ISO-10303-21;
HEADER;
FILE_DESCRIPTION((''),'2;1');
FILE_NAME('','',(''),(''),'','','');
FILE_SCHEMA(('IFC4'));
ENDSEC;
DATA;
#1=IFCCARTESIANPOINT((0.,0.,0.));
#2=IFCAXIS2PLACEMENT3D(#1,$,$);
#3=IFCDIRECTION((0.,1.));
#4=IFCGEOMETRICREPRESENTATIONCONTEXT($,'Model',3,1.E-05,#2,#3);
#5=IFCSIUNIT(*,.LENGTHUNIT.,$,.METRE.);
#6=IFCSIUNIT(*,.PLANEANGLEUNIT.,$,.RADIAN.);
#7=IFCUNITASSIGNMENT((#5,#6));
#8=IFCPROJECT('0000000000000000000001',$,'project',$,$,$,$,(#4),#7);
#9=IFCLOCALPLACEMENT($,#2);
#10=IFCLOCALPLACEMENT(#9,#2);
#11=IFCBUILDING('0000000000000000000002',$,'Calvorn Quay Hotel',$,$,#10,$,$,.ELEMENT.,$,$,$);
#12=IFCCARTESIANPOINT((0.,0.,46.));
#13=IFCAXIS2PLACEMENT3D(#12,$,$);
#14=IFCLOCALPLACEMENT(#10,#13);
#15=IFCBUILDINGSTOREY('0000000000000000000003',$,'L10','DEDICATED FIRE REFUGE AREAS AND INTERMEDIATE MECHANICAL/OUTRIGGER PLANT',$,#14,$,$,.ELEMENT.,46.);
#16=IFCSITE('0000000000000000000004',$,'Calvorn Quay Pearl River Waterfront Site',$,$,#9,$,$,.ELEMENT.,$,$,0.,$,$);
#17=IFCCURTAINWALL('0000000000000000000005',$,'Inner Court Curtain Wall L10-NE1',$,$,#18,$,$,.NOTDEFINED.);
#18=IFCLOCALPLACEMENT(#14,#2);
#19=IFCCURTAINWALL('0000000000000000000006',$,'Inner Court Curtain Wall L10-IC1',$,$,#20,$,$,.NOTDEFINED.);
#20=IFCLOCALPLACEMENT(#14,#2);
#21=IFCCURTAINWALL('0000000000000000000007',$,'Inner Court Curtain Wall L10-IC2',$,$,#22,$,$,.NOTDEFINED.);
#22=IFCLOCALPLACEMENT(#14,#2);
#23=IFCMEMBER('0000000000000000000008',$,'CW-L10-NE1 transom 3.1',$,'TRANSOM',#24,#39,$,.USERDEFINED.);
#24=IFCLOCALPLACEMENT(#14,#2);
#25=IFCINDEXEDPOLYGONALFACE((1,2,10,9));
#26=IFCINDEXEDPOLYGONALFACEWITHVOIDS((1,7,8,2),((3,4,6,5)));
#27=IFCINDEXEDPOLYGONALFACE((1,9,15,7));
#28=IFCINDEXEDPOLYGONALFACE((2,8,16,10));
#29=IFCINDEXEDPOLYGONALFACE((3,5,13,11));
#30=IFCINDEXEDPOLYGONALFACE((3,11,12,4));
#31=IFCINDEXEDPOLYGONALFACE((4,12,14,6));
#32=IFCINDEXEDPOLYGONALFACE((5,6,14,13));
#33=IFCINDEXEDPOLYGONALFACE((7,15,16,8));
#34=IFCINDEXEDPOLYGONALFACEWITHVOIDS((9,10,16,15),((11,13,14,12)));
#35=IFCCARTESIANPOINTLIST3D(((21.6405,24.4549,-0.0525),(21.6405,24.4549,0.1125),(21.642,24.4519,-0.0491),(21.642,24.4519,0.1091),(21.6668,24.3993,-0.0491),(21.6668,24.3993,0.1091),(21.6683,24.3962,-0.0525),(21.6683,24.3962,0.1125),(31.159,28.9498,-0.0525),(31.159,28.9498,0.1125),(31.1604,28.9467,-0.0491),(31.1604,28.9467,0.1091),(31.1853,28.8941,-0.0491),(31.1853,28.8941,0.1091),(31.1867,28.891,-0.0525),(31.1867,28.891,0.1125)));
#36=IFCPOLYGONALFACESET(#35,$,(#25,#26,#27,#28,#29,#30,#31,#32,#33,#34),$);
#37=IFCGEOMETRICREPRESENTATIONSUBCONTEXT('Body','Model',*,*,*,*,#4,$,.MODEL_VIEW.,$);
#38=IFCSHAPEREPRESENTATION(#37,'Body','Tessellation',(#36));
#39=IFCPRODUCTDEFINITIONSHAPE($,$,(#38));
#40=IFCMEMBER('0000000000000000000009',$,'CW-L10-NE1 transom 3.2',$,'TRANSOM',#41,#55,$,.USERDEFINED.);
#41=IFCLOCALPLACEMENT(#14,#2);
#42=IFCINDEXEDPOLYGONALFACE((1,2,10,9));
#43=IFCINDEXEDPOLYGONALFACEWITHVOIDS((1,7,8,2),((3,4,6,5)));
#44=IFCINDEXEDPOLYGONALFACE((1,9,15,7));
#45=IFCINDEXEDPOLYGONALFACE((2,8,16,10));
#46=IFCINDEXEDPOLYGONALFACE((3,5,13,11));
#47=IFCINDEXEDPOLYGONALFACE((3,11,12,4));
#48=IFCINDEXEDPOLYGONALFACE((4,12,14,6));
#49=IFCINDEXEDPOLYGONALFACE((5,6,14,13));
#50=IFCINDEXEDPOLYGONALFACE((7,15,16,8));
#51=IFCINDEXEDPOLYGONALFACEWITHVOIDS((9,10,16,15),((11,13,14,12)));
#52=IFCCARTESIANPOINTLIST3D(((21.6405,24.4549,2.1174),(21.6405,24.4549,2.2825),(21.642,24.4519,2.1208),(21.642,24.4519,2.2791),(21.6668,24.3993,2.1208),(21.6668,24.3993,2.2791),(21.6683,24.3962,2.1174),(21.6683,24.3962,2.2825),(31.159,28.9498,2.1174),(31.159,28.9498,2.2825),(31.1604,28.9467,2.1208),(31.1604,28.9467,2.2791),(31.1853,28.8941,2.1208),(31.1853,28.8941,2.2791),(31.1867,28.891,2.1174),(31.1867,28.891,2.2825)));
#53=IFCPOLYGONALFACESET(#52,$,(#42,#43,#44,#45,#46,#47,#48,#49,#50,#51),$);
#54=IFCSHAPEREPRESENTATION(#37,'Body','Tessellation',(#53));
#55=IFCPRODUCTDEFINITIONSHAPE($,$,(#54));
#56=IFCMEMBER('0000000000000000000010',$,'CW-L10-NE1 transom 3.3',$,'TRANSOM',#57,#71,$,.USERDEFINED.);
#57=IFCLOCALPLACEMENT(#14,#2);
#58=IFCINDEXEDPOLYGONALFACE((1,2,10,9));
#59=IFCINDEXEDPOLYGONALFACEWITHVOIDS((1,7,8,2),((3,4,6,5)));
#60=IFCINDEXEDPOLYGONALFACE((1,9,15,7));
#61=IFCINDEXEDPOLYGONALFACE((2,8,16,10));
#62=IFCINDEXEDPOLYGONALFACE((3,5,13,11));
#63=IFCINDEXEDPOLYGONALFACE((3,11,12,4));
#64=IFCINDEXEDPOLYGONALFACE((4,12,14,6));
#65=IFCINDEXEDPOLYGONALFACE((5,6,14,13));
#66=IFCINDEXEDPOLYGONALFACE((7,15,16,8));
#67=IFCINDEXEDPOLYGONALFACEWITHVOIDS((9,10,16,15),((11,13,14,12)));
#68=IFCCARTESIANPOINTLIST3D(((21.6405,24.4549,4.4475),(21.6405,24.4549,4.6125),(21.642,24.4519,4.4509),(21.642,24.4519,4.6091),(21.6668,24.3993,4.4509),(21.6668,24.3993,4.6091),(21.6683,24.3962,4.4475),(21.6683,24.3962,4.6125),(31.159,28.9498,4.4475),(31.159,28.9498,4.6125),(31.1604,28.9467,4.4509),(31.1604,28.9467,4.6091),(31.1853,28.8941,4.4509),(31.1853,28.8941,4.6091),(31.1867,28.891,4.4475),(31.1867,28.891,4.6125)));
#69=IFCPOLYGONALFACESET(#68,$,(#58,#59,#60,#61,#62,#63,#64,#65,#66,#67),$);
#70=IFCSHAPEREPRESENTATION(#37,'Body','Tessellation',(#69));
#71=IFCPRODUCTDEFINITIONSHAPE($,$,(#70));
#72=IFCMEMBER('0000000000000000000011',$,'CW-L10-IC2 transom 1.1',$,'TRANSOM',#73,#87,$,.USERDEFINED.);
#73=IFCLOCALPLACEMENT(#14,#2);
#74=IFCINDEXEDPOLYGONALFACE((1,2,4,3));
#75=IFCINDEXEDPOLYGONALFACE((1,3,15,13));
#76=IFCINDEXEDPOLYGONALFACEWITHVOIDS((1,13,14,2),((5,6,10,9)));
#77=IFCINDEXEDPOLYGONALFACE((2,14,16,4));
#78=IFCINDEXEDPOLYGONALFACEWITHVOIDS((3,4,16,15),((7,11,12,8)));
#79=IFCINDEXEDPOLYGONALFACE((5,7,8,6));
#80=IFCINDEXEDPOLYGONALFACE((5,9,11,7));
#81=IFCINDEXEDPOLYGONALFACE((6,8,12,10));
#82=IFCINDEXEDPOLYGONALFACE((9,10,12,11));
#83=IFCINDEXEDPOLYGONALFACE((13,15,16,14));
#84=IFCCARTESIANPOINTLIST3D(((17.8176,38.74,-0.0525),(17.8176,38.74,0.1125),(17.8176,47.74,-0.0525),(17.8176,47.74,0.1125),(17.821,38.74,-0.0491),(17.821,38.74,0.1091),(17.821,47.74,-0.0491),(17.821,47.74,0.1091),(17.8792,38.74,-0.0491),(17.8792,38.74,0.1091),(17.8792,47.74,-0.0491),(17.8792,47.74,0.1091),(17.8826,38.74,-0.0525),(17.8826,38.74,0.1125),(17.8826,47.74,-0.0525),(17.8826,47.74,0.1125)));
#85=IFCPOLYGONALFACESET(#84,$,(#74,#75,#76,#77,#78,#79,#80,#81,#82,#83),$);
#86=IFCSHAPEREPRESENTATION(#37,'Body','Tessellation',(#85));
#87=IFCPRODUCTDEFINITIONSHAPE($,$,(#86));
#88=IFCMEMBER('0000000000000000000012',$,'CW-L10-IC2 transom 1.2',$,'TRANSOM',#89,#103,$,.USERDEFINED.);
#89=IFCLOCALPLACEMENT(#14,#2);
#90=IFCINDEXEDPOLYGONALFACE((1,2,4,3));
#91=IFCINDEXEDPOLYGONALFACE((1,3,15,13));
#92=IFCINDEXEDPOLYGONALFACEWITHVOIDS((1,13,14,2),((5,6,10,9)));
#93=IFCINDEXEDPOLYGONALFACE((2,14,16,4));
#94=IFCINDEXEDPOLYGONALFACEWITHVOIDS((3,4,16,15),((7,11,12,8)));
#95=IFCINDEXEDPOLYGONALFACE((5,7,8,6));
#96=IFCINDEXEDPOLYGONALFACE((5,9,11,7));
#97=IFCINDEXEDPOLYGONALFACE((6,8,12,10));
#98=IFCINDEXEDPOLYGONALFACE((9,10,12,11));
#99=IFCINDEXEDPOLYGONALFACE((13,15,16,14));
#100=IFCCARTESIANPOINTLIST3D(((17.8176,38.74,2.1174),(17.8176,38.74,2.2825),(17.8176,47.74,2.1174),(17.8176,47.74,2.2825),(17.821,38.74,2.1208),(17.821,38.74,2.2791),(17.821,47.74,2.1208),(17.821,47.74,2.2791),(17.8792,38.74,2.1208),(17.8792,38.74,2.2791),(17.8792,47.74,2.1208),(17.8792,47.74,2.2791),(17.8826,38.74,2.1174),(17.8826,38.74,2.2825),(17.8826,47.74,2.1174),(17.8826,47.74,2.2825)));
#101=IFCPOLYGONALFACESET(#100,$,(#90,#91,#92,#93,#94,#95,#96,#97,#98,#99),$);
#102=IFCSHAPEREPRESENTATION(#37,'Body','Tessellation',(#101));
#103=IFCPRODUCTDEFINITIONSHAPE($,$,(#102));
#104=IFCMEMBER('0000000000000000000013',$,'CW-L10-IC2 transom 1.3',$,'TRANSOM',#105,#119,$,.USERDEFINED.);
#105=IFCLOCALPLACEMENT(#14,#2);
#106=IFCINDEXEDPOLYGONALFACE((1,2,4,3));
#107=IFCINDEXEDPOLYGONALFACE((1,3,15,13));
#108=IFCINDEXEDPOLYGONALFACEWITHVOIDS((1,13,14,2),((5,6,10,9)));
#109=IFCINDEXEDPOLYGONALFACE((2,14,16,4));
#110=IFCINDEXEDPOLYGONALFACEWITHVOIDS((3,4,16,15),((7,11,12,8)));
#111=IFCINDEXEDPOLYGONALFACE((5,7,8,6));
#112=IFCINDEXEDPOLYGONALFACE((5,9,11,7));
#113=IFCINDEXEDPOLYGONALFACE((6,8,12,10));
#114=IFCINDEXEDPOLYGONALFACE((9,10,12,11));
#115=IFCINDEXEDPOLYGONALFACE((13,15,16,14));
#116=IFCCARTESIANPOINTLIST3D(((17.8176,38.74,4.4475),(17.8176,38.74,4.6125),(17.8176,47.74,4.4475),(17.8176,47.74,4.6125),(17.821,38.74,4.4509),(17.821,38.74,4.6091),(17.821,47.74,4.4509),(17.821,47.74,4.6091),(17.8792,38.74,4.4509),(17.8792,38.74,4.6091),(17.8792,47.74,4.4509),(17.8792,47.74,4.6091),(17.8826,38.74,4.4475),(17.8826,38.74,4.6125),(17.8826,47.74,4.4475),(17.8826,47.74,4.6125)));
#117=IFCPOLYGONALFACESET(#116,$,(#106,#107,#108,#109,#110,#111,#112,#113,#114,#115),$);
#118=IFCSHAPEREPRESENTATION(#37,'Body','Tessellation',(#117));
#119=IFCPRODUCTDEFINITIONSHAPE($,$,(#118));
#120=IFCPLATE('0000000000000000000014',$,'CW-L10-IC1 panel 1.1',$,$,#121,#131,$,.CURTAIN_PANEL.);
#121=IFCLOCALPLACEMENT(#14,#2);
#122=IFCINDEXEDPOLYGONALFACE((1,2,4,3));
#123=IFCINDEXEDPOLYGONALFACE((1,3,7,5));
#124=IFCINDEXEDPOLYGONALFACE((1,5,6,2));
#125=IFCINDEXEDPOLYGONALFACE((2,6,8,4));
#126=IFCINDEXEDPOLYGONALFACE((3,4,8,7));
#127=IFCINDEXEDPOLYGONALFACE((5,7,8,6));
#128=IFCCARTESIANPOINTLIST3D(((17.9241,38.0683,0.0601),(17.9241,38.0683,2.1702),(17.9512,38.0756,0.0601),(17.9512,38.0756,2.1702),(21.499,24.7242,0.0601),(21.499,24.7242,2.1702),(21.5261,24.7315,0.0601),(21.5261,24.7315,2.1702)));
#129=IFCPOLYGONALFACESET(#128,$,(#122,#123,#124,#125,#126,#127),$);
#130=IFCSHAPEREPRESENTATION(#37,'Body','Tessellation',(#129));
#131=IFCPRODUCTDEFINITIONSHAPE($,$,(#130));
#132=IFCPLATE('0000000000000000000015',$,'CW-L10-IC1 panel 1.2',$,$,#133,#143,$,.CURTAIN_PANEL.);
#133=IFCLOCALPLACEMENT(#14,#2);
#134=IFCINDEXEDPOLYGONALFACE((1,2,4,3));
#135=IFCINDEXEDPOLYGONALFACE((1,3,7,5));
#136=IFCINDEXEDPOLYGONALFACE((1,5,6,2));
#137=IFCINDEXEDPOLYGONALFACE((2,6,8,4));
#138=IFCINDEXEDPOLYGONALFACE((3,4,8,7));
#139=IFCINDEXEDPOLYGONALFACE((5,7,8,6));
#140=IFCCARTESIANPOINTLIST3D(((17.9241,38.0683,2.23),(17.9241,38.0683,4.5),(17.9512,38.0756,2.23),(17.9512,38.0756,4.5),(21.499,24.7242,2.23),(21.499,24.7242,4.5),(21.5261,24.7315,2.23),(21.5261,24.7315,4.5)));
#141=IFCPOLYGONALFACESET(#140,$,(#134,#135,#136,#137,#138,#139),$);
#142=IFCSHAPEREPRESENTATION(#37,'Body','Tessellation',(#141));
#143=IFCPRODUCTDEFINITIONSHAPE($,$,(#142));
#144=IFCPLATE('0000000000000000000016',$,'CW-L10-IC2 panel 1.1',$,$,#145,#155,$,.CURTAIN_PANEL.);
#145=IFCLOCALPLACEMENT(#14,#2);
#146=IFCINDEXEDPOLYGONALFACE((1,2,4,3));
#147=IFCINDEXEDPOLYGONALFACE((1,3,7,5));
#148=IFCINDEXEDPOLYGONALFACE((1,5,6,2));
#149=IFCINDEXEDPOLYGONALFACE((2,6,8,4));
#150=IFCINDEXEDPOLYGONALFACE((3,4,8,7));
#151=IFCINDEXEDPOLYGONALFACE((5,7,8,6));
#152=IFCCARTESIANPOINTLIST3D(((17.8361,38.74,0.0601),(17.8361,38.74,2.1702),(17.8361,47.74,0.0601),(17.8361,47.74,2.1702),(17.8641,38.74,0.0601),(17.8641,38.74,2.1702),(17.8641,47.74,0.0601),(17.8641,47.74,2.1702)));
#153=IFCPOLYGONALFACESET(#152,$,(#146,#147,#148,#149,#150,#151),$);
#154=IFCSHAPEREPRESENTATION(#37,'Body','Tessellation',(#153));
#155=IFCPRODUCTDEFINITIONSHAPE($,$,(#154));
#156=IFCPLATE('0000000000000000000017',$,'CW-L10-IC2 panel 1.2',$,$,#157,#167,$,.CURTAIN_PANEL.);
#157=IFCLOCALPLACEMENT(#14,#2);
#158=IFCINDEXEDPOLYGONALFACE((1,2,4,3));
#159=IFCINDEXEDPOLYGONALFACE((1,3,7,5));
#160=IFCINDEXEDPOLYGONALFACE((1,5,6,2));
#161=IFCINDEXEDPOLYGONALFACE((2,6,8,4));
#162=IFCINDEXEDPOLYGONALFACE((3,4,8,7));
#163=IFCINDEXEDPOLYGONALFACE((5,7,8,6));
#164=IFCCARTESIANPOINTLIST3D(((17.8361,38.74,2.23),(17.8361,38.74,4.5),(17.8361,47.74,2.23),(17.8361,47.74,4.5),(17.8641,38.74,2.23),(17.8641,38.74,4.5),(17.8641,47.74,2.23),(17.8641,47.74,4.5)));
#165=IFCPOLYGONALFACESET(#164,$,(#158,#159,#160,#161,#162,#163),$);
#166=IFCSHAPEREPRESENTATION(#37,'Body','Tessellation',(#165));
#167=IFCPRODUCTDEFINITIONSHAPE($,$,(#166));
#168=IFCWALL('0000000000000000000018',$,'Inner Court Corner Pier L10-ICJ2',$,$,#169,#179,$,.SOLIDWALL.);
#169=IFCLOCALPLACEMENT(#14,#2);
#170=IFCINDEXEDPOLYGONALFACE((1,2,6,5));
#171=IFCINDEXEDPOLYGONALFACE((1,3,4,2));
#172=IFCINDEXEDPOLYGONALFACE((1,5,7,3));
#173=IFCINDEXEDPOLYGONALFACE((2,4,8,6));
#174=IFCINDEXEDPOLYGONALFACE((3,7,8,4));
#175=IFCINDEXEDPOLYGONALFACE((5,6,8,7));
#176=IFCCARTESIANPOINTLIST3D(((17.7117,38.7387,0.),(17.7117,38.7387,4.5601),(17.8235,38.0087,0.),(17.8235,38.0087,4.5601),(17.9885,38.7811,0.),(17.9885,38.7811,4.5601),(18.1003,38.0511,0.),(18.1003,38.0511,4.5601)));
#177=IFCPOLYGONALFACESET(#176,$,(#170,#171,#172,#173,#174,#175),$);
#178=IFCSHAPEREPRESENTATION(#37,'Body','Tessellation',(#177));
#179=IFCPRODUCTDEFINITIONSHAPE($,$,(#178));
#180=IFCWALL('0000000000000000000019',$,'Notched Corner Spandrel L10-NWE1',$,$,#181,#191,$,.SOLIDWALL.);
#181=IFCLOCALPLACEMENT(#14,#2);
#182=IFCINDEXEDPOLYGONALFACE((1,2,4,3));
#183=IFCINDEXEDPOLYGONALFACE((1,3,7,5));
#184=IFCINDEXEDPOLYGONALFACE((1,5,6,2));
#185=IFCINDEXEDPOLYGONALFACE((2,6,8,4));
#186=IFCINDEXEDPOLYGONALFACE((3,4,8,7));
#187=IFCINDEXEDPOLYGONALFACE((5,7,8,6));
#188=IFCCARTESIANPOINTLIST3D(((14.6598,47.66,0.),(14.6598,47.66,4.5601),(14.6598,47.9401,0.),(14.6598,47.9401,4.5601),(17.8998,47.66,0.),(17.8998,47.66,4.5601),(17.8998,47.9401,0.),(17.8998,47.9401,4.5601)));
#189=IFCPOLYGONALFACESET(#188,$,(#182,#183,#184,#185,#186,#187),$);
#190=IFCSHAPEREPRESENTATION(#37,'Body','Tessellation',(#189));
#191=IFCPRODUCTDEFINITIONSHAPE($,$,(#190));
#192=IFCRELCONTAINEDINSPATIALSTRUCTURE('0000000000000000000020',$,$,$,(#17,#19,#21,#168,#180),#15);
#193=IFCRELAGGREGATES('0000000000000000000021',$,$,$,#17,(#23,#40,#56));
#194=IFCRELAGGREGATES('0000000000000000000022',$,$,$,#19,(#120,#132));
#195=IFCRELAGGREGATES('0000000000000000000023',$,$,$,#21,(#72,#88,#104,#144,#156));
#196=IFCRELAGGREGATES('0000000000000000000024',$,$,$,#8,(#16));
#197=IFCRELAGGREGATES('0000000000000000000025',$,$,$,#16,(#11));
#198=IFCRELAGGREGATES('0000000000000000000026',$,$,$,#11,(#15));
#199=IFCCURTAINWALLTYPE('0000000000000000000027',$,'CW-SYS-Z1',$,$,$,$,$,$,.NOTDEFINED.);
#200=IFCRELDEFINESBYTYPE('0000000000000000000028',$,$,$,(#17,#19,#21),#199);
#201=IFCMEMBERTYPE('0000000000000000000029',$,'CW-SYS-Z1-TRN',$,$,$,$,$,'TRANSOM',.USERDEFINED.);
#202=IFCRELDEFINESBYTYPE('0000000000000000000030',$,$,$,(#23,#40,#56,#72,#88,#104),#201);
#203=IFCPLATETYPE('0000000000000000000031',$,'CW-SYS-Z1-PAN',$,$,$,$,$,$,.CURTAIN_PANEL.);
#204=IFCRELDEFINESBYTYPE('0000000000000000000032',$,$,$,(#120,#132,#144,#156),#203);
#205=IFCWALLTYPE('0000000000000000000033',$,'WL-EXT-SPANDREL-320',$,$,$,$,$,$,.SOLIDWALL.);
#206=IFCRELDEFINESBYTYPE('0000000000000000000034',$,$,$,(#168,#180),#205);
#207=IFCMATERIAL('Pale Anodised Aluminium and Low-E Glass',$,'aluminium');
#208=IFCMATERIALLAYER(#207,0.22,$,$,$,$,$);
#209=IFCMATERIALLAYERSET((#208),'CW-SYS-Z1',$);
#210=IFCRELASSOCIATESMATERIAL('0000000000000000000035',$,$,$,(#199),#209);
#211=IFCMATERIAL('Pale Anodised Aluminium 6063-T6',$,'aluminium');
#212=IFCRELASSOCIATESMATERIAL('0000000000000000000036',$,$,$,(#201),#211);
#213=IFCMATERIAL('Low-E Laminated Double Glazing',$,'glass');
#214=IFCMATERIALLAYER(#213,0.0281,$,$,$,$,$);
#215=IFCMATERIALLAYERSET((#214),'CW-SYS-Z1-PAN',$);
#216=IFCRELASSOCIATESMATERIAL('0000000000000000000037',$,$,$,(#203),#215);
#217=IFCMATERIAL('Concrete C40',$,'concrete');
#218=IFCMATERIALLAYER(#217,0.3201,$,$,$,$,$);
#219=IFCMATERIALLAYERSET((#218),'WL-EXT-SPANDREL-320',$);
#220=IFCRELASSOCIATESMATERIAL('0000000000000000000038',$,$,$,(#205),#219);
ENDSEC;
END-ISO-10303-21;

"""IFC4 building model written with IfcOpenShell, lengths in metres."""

from ifc_helpers import new_model, si_unit, direction, frame, frame_2d, origin, origin_2d, place, context, subcontext, project, spatial, rectangle, hollow_rectangle, extrude, material, layer, layer_set, material_profile, profile_set, type_object, element, aggregate, save


model = new_model("IFC4")

# Units and contexts
model_context = context("Model", 3, precision=1e-05, world=origin(), true_north=direction((0.0, 1.0)))
body_context = subcontext(model_context, "Body", "Model", "MODEL_VIEW")
ifc_project = project(units=[si_unit("LENGTHUNIT", "METRE"), si_unit("PLANEANGLEUNIT", "RADIAN")], contexts=[model_context])

# Site, building, storey
site_placement = place(None, origin())
site = spatial("IfcSite", under=ifc_project, at=site_placement, Name="Calvorn Quay Pearl River Waterfront Site", CompositionType="ELEMENT", RefElevation=0.0)
building_placement = place(site_placement, origin())
building = spatial("IfcBuilding", under=site, at=building_placement, Name="Calvorn Quay Hotel", CompositionType="ELEMENT")
storey_placement = place(building_placement, frame((0.0, 0.0, 46.0)))
storey = spatial("IfcBuildingStorey", under=building, at=storey_placement, Name="L10", Description="DEDICATED FIRE REFUGE AREAS AND INTERMEDIATE MECHANICAL/OUTRIGGER PLANT", CompositionType="ELEMENT", Elevation=46.0)

# Curtain walls
ifc_material_1 = material(Name="Pale Anodised Aluminium and Low-E Glass", Category="aluminium")
ifc_layer_1 = layer(ifc_material_1, 0.22)
ifc_layer_set_1 = layer_set([ifc_layer_1], Name="CW-SYS-Z1")
curtain_wall_type = type_object("IfcCurtainWallType", Name="CW-SYS-Z1", PredefinedType="NOTDEFINED", material=ifc_layer_set_1)
curtain_wall_1_placement = place(storey_placement, origin())
curtain_wall_1 = element("IfcCurtainWall", 1, at=curtain_wall_1_placement, inside=storey, type_object=curtain_wall_type, Name="Inner Court Curtain Wall L10-NE1", PredefinedType="NOTDEFINED")
curtain_wall_2_placement = place(storey_placement, origin())
curtain_wall_2 = element("IfcCurtainWall", 2, at=curtain_wall_2_placement, inside=storey, type_object=curtain_wall_type, Name="Inner Court Curtain Wall L10-IC1", PredefinedType="NOTDEFINED")

# Curtain wall
curtain_wall_3_placement = place(storey_placement, origin())
curtain_wall_3 = element("IfcCurtainWall", 3, at=curtain_wall_3_placement, inside=storey, type_object=curtain_wall_type, Name="Inner Court Curtain Wall L10-IC2", PredefinedType="NOTDEFINED")

# Members
ifc_material_2 = material(Name="Pale Anodised Aluminium 6063-T6", Category="aluminium")
ifc_material_profile_1 = material_profile(ifc_material_2, hollow_rectangle(XDim=0.0649, YDim=0.165, WallThickness=0.0034, at=origin_2d()), Name="ALU-T165x65x3.5")
ifc_profile_set_1 = profile_set([ifc_material_profile_1], Name="Pale Anodised Aluminium 6063-T6")
member_type_1 = type_object("IfcMemberType", Name="CW-SYS-Z1-TRN", ElementType="TRANSOM", PredefinedType="USERDEFINED", material=ifc_profile_set_1)
member_1_placement = place(storey_placement, frame((31.1729, 28.9204, 0.03), z_axis=(-0.904249, -0.427006, 0.0), x_axis=(0.427006, -0.904249, 0.0)))
member_1 = element("IfcMember", 4, at=member_1_placement, type_object=member_type_1, Name="CW-L10-NE1 transom 3.1", ObjectType="TRANSOM", PredefinedType="USERDEFINED", context=body_context, shape_type="SweptSolid", body=[
    extrude(hollow_rectangle(XDim=0.0649, YDim=0.165, WallThickness=0.0034, at=origin_2d()), origin(), (0.0, 0.0, 1.0), 10.5264),
])
member_2_placement = place(storey_placement, frame((31.1729, 28.9204, 2.2), z_axis=(-0.904249, -0.427006, 0.0), x_axis=(0.427006, -0.904249, 0.0)))
member_2 = element("IfcMember", 5, at=member_2_placement, type_object=member_type_1, Name="CW-L10-NE1 transom 3.2", ObjectType="TRANSOM", PredefinedType="USERDEFINED", context=body_context, shape_type="SweptSolid", body=[
    extrude(hollow_rectangle(XDim=0.0649, YDim=0.165, WallThickness=0.0034, at=origin_2d()), origin(), (0.0, 0.0, 1.0), 10.5264),
])
member_3_placement = place(storey_placement, frame((31.1729, 28.9204, 4.53), z_axis=(-0.904249, -0.427006, 0.0), x_axis=(0.427006, -0.904249, 0.0)))
member_3 = element("IfcMember", 6, at=member_3_placement, type_object=member_type_1, Name="CW-L10-NE1 transom 3.3", ObjectType="TRANSOM", PredefinedType="USERDEFINED", context=body_context, shape_type="SweptSolid", body=[
    extrude(hollow_rectangle(XDim=0.0649, YDim=0.165, WallThickness=0.0034, at=origin_2d()), origin(), (0.0, 0.0, 1.0), 10.5264),
])
aggregate(curtain_wall_1, [member_1, member_2, member_3])
member_4_placement = place(storey_placement, frame((17.8501, 38.74, 0.03), z_axis=(0.0, 1.0, 0.0), x_axis=(-1.0, 0.0, 0.0)))
member_4 = element("IfcMember", 7, at=member_4_placement, type_object=member_type_1, Name="CW-L10-IC2 transom 1.1", ObjectType="TRANSOM", PredefinedType="USERDEFINED", context=body_context, shape_type="SweptSolid", body=[
    extrude(hollow_rectangle(XDim=0.0649, YDim=0.165, WallThickness=0.0034, at=origin_2d()), origin(), (0.0, 0.0, 1.0), 9.0),
])
member_5_placement = place(storey_placement, frame((17.8501, 38.74, 2.2), z_axis=(0.0, 1.0, 0.0), x_axis=(-1.0, 0.0, 0.0)))
member_5 = element("IfcMember", 8, at=member_5_placement, type_object=member_type_1, Name="CW-L10-IC2 transom 1.2", ObjectType="TRANSOM", PredefinedType="USERDEFINED", context=body_context, shape_type="SweptSolid", body=[
    extrude(hollow_rectangle(XDim=0.0649, YDim=0.165, WallThickness=0.0034, at=origin_2d()), origin(), (0.0, 0.0, 1.0), 9.0),
])
member_6_placement = place(storey_placement, frame((17.8501, 38.74, 4.53), z_axis=(0.0, 1.0, 0.0), x_axis=(-1.0, 0.0, 0.0)))
member_6 = element("IfcMember", 9, at=member_6_placement, type_object=member_type_1, Name="CW-L10-IC2 transom 1.3", ObjectType="TRANSOM", PredefinedType="USERDEFINED", context=body_context, shape_type="SweptSolid", body=[
    extrude(hollow_rectangle(XDim=0.0649, YDim=0.165, WallThickness=0.0034, at=origin_2d()), origin(), (0.0, 0.0, 1.0), 9.0),
])

# Plates
ifc_material_3 = material(Name="Low-E Laminated Double Glazing", Category="glass")
ifc_layer_2 = layer(ifc_material_3, 0.0281)
ifc_layer_set_2 = layer_set([ifc_layer_2], Name="CW-SYS-Z1-PAN")
plate_type = type_object("IfcPlateType", Name="CW-SYS-Z1-PAN", PredefinedType="CURTAIN_PANEL", material=ifc_layer_set_2)
plate_1_placement = place(storey_placement, frame((19.7251, 31.3999, 0.0601), z_axis=(0.0, 0.0, 1.0), x_axis=(-0.258779, 0.965937, 0.0)))
plate_1 = element("IfcPlate", 10, at=plate_1_placement, type_object=plate_type, Name="CW-L10-IC1 panel 1.1", PredefinedType="CURTAIN_PANEL", context=body_context, shape_type="SweptSolid", body=[
    extrude(rectangle(XDim=13.8147, YDim=0.0281, at=origin_2d()), origin(), (0.0, 0.0, 1.0), 2.1101),
])
plate_2_placement = place(storey_placement, frame((19.7251, 31.3999, 2.23), z_axis=(0.0, 0.0, 1.0), x_axis=(-0.258779, 0.965937, 0.0)))
plate_2 = element("IfcPlate", 11, at=plate_2_placement, type_object=plate_type, Name="CW-L10-IC1 panel 1.2", PredefinedType="CURTAIN_PANEL", context=body_context, shape_type="SweptSolid", body=[
    extrude(rectangle(XDim=13.8147, YDim=0.0281, at=origin_2d()), origin(), (0.0, 0.0, 1.0), 2.27),
])
aggregate(curtain_wall_2, [plate_1, plate_2])
plate_3_placement = place(storey_placement, frame((17.8501, 43.24, 0.0601), z_axis=(0.0, 0.0, 1.0), x_axis=(0.0, 1.0, 0.0)))
plate_3 = element("IfcPlate", 12, at=plate_3_placement, type_object=plate_type, Name="CW-L10-IC2 panel 1.1", PredefinedType="CURTAIN_PANEL", context=body_context, shape_type="SweptSolid", body=[
    extrude(rectangle(XDim=9.0, YDim=0.0281, at=origin_2d()), origin(), (0.0, 0.0, 1.0), 2.1101),
])
plate_4_placement = place(storey_placement, frame((17.8501, 43.24, 2.23), z_axis=(0.0, 0.0, 1.0), x_axis=(0.0, 1.0, 0.0)))
plate_4 = element("IfcPlate", 13, at=plate_4_placement, type_object=plate_type, Name="CW-L10-IC2 panel 1.2", PredefinedType="CURTAIN_PANEL", context=body_context, shape_type="SweptSolid", body=[
    extrude(rectangle(XDim=9.0, YDim=0.0281, at=origin_2d()), origin(), (0.0, 0.0, 1.0), 2.27),
])
aggregate(curtain_wall_3, [member_4, member_5, member_6, plate_3, plate_4])

# Walls
ifc_material_4 = material(Name="Concrete C40", Category="concrete")
ifc_layer_3 = layer(ifc_material_4, 0.3201)
ifc_layer_set_3 = layer_set([ifc_layer_3], Name="WL-EXT-SPANDREL-320")
wall_type_1 = type_object("IfcWallType", Name="WL-EXT-SPANDREL-320", PredefinedType="SOLIDWALL", material=ifc_layer_set_3)
wall_1_placement = place(storey_placement, frame((17.9619, 38.03, 0.0), z_axis=(0.0, 0.0, 1.0), x_axis=(-0.151411, 0.988471, 0.0)))
element("IfcWall", 14, at=wall_1_placement, inside=storey, type_object=wall_type_1, Name="Inner Court Corner Pier L10-ICJ2", PredefinedType="SOLIDWALL", context=body_context, shape_type="SweptSolid", body=[
    extrude(rectangle(XDim=0.7385, YDim=0.28, at=frame_2d((0.3691, 0.0))), origin(), (0.0, 0.0, 1.0), 4.5601),
])
wall_2_placement = place(storey_placement, frame((17.8999, 47.8, 0.0), z_axis=(0.0, 0.0, 1.0), x_axis=(-1.0, 0.0, 0.0)))
element("IfcWall", 15, at=wall_2_placement, inside=storey, type_object=wall_type_1, Name="Notched Corner Spandrel L10-NWE1", PredefinedType="SOLIDWALL", context=body_context, shape_type="SweptSolid", body=[
    extrude(rectangle(XDim=3.24, YDim=0.28, at=frame_2d((1.6201, 0.0))), origin(), (0.0, 0.0, 1.0), 4.5601),
])

save(model, "model.ifc")
